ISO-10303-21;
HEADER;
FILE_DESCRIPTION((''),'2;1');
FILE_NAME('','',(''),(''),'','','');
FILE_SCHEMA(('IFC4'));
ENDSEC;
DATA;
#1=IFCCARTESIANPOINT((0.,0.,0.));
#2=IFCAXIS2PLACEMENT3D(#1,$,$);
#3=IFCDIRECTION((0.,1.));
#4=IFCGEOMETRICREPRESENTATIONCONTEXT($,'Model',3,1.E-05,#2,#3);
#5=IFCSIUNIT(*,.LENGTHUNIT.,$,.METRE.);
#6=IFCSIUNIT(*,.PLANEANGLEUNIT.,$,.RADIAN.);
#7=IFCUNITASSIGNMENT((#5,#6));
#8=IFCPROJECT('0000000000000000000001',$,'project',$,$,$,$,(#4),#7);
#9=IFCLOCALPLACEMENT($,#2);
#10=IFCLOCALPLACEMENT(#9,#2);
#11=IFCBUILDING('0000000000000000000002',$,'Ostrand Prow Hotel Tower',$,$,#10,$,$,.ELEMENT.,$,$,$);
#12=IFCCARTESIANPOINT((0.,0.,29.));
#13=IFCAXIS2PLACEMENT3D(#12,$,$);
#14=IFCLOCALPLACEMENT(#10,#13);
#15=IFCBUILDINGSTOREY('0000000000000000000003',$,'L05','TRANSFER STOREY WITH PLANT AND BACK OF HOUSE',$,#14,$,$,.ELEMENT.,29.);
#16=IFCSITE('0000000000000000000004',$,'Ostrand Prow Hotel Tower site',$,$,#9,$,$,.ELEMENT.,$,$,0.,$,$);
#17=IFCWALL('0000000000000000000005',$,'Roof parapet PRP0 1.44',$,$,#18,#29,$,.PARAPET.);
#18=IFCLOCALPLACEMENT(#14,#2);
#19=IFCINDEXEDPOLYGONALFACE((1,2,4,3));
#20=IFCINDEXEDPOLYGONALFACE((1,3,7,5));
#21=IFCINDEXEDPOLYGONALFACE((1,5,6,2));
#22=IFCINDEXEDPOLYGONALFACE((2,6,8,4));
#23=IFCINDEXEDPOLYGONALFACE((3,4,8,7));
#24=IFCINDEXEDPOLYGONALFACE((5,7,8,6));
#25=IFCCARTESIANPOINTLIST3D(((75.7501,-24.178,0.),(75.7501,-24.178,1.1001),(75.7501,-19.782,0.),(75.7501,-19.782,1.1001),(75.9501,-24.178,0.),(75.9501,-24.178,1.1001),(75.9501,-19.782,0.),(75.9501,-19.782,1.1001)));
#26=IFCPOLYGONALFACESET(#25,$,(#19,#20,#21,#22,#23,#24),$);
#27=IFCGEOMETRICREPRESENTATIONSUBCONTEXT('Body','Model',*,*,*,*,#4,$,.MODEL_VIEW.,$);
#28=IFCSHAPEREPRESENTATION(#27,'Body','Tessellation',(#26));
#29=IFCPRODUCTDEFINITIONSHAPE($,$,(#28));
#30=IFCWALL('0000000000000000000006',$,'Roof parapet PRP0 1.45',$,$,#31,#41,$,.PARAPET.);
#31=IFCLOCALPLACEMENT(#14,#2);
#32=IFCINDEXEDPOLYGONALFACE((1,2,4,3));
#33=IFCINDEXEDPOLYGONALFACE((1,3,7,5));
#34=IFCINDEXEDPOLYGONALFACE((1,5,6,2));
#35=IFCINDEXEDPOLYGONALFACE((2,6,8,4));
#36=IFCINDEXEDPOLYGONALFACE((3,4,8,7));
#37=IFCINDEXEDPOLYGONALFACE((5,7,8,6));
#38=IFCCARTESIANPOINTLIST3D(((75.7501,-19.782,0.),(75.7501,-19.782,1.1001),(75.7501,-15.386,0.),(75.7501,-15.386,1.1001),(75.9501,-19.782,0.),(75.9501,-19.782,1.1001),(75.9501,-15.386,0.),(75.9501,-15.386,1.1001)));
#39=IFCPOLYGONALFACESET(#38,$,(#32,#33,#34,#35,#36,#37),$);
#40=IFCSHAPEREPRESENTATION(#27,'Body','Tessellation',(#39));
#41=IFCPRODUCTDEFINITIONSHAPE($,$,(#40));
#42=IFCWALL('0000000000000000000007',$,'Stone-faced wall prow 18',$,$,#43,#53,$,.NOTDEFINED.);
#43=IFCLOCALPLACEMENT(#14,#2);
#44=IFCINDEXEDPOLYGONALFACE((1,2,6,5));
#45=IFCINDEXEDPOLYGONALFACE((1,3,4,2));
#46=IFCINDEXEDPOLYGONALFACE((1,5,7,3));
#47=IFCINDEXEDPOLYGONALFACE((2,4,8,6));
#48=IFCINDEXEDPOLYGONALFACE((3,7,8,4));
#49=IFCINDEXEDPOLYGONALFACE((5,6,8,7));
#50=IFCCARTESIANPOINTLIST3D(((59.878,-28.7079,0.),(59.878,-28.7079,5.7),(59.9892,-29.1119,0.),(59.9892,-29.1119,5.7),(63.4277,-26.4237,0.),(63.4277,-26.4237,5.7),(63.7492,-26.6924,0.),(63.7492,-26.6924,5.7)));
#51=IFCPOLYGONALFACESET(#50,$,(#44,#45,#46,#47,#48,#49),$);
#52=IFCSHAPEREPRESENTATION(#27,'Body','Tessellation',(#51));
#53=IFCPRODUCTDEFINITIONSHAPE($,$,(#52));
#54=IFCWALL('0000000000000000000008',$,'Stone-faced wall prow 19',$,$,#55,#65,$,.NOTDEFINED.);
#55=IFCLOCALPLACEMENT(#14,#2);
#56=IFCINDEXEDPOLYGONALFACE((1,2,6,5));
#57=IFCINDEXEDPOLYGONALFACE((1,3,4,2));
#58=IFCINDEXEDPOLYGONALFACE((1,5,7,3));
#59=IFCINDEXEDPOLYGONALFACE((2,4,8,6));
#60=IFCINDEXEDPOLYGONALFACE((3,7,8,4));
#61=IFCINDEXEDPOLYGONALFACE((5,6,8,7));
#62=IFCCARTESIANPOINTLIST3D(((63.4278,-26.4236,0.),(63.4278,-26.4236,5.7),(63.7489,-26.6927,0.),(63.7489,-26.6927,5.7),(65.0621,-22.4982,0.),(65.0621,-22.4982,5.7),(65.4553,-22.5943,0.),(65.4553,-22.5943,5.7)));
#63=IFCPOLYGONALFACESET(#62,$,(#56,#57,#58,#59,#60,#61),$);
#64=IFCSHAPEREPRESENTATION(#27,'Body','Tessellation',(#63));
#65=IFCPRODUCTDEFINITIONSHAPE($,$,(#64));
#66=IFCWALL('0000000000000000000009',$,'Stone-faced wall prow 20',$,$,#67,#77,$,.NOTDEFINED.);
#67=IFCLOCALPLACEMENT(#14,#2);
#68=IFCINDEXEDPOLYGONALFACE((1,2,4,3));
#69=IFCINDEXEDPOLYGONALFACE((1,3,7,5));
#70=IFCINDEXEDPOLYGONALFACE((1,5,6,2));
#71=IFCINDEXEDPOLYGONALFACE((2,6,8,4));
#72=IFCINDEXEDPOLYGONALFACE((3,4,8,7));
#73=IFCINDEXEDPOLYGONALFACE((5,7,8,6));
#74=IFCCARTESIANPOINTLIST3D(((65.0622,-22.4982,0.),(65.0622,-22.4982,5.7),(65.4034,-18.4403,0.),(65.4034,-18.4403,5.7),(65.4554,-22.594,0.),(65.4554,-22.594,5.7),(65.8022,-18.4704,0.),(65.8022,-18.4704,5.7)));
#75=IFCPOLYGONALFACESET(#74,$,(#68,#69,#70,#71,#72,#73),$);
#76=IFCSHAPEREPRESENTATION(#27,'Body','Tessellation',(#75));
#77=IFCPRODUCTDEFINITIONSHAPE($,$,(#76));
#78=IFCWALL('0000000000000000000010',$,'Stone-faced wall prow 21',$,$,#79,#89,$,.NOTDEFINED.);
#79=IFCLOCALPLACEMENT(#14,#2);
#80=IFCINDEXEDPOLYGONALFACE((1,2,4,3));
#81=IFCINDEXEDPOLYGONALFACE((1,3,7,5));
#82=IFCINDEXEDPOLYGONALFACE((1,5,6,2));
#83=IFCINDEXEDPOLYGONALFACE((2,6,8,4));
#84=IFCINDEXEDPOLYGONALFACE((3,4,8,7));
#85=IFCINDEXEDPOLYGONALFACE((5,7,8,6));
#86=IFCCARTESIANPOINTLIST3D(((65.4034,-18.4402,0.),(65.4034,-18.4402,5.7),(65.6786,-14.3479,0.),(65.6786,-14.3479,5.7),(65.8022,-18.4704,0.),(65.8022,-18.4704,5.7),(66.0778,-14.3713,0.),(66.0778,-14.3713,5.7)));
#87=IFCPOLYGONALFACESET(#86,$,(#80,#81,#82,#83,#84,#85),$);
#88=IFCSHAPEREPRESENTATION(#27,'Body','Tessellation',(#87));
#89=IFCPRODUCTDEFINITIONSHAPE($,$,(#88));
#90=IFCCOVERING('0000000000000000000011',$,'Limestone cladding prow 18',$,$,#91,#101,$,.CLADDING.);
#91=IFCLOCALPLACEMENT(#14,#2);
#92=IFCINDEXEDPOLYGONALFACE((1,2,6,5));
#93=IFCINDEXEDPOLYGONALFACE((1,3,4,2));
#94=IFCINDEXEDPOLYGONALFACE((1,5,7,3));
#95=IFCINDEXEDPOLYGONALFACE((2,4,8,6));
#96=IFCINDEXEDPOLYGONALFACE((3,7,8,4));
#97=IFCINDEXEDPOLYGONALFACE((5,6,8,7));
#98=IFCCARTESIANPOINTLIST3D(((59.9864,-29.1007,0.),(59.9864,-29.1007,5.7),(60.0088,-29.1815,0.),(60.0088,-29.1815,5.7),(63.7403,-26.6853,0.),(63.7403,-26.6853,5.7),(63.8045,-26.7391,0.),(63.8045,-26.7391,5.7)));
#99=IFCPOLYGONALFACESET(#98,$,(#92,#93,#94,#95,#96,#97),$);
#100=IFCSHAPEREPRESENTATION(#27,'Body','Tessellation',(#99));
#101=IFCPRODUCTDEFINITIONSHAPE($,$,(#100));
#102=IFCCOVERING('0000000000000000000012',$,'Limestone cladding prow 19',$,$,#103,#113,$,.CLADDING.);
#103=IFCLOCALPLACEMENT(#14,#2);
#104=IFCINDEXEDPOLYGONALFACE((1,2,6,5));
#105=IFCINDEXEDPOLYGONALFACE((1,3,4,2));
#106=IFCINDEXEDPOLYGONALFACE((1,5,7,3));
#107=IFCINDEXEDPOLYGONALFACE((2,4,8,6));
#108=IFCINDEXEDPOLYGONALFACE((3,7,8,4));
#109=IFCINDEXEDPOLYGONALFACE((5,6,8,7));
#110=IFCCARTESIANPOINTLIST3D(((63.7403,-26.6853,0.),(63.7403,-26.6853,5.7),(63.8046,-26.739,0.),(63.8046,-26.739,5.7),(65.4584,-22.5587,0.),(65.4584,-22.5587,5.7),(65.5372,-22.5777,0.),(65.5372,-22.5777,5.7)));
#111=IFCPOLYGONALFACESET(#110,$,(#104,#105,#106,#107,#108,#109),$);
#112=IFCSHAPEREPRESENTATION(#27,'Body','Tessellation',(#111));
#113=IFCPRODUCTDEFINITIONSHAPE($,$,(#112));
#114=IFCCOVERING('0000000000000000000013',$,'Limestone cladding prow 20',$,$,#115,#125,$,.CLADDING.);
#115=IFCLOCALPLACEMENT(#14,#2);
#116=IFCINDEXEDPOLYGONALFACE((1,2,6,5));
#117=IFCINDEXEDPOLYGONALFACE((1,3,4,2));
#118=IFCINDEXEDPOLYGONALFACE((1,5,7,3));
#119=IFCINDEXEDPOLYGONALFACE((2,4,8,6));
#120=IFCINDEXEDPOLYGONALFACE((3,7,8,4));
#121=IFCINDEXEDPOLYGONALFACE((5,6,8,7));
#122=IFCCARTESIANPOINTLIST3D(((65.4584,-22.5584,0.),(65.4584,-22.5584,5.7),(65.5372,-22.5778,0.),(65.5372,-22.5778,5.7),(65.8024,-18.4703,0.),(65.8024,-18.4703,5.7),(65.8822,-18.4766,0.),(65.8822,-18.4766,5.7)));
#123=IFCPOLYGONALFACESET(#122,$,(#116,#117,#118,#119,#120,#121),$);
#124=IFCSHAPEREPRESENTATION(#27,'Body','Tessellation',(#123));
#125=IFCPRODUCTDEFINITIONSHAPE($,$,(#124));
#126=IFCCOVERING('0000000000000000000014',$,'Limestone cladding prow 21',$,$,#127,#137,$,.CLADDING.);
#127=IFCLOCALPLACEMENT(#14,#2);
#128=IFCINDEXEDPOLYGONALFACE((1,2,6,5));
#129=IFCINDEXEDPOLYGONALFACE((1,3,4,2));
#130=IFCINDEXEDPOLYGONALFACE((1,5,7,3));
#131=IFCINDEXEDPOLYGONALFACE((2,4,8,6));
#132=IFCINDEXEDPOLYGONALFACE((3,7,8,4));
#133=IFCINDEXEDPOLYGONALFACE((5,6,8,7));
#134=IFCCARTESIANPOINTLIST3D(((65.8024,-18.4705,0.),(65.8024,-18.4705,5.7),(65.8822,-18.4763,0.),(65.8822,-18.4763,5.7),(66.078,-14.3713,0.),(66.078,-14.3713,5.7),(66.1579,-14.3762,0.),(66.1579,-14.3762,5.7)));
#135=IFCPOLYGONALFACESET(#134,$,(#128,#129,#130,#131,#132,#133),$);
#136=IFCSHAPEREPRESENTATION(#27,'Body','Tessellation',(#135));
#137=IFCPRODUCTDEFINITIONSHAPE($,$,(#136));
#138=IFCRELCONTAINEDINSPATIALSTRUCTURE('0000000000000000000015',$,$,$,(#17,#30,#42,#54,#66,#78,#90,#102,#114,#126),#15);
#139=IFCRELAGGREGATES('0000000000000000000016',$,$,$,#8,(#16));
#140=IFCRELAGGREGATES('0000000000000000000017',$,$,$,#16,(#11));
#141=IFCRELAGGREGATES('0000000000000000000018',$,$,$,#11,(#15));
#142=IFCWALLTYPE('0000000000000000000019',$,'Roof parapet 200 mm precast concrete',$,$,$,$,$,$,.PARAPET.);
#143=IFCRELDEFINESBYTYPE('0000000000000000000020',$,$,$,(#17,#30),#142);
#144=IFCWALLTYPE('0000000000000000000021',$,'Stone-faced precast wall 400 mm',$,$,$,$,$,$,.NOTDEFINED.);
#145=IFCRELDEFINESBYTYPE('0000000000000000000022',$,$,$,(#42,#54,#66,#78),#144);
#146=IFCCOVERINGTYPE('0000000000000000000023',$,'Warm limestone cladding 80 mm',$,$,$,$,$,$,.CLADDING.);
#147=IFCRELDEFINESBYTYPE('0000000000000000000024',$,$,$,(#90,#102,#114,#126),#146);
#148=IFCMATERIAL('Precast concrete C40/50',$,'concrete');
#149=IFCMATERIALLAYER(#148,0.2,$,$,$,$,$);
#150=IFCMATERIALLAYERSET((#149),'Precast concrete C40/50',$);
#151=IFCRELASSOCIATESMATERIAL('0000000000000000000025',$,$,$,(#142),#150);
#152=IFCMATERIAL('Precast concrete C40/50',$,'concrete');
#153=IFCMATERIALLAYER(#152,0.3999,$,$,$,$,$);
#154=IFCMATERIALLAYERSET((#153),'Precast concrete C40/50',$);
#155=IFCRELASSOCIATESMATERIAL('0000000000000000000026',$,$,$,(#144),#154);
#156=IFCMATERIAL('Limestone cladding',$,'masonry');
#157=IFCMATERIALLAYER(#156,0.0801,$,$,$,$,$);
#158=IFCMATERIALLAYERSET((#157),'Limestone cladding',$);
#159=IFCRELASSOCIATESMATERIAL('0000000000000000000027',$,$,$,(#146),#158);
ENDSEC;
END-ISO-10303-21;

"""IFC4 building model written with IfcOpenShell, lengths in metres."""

from ifc_helpers import new_model, si_unit, direction, frame, frame_2d, origin, place, context, subcontext, project, spatial, polyline, rectangle, outline, extrude, material, layer, layer_set, type_object, element, save


model = new_model("IFC4")

# Units and contexts
model_context = context("Model", 3, precision=1e-05, world=origin(), true_north=direction((0.0, 1.0)))
body_context = subcontext(model_context, "Body", "Model", "MODEL_VIEW")
ifc_project = project(units=[si_unit("LENGTHUNIT", "METRE"), si_unit("PLANEANGLEUNIT", "RADIAN")], contexts=[model_context])

# Site, building, storey
site_placement = place(None, origin())
site = spatial("IfcSite", under=ifc_project, at=site_placement, Name="Ostrand Prow Hotel Tower site", CompositionType="ELEMENT", RefElevation=0.0)
building_placement = place(site_placement, origin())
building = spatial("IfcBuilding", under=site, at=building_placement, Name="Ostrand Prow Hotel Tower", CompositionType="ELEMENT")
storey_placement = place(building_placement, frame((0.0, 0.0, 29.0)))
storey = spatial("IfcBuildingStorey", under=building, at=storey_placement, Name="L05", Description="TRANSFER STOREY WITH PLANT AND BACK OF HOUSE", CompositionType="ELEMENT", Elevation=29.0)

# Walls
ifc_material_1 = material(Name="Precast concrete C40/50", Category="concrete")
ifc_layer_1 = layer(ifc_material_1, 0.2)
ifc_layer_set_1 = layer_set([ifc_layer_1], Name="Precast concrete C40/50")
wall_type_1 = type_object("IfcWallType", Name="Roof parapet 200 mm precast concrete", PredefinedType="PARAPET", material=ifc_layer_set_1)
for number, where, z_axis, x_axis, name in (
    (1, (75.8501, -24.178, 0.0), (0.0, 0.0, 1.0), (0.0, 1.0, 0.0), "Roof parapet PRP0 1.44"),
    (2, (75.8501, -19.782, 0.0), (0.0, 0.0, 1.0), (0.0, 1.0, 0.0), "Roof parapet PRP0 1.45"),
):
    element("IfcWall", number, at=place(storey_placement, frame(where, z_axis=z_axis, x_axis=x_axis)), inside=storey, type_object=wall_type_1, Name=name, PredefinedType="PARAPET", context=body_context, shape_type="SweptSolid", body=[
        extrude(rectangle(XDim=4.396, YDim=0.2, at=frame_2d((2.198, 0.0))), origin(), (0.0, 0.0, 1.0), 1.1001),
    ])
ifc_material_2 = material(Name="Precast concrete C40/50", Category="concrete")
ifc_layer_2 = layer(ifc_material_2, 0.3999)
ifc_layer_set_2 = layer_set([ifc_layer_2], Name="Precast concrete C40/50")
wall_type_2 = type_object("IfcWallType", Name="Stone-faced precast wall 400 mm", PredefinedType="NOTDEFINED", material=ifc_layer_set_2)
wall_1_placement = place(storey_placement, frame((59.9336, -28.9099, 0.0), z_axis=(0.0, 0.0, 1.0), x_axis=(0.840937, 0.541132, 0.0)))
element("IfcWall", 3, at=wall_1_placement, inside=storey, type_object=wall_type_2, Name="Stone-faced wall prow 18", PredefinedType="NOTDEFINED", context=body_context, shape_type="SweptSolid", body=[
    extrude(outline(polyline([(-0.0625, -0.2), (4.4087, -0.2), (4.2837, 0.2), (0.0625, 0.2), (-0.0625, -0.2)])), origin(), (0.0, 0.0, 1.0), 5.7),
])
wall_2_placement = place(storey_placement, frame((63.5884, -26.5581, 0.0), z_axis=(0.0, 0.0, 1.0), x_axis=(0.384372, 0.923178, 0.0)))
element("IfcWall", 4, at=wall_2_placement, inside=storey, type_object=wall_type_2, Name="Stone-faced wall prow 19", PredefinedType="NOTDEFINED", context=body_context, shape_type="SweptSolid", body=[
    extrude(outline(polyline([(-0.0625, -0.2), (4.377, -0.2), (4.3145, 0.2), (0.0625, 0.2), (-0.0625, -0.2)])), origin(), (0.0, 0.0, 1.0), 5.7),
])
wall_3_placement = place(storey_placement, frame((65.2588, -22.5461, 0.0), z_axis=(0.0, 0.0, 1.0), x_axis=(0.083794, 0.996483, 0.0)))
element("IfcWall", 5, at=wall_3_placement, inside=storey, type_object=wall_type_2, Name="Stone-faced wall prow 20", PredefinedType="NOTDEFINED", context=body_context, shape_type="SweptSolid", body=[
    extrude(outline(polyline([(-0.0312, -0.2), (4.1069, -0.2), (4.1035, 0.2), (0.0312, 0.2), (-0.0312, -0.2)])), origin(), (0.0, 0.0, 1.0), 5.7),
])
wall_4_placement = place(storey_placement, frame((65.6028, -18.4553, 0.0), z_axis=(0.0, 0.0, 1.0), x_axis=(0.067087, 0.997747, 0.0)))
element("IfcWall", 6, at=wall_4_placement, inside=storey, type_object=wall_type_2, Name="Stone-faced wall prow 21", PredefinedType="NOTDEFINED", context=body_context, shape_type="SweptSolid", body=[
    extrude(outline(polyline([(-0.0017, -0.2), (4.1067, -0.2), (4.1033, 0.2), (0.0017, 0.2), (-0.0017, -0.2)])), origin(), (0.0, 0.0, 1.0), 5.7),
])

# Coverings
ifc_material_3 = material(Name="Limestone cladding", Category="masonry")
ifc_layer_3 = layer(ifc_material_3, 0.0801)
ifc_layer_set_3 = layer_set([ifc_layer_3], Name="Limestone cladding")
covering_type = type_object("IfcCoveringType", Name="Warm limestone cladding 80 mm", PredefinedType="CLADDING", material=ifc_layer_set_3)
covering_1_placement = place(storey_placement, frame((59.9976, -29.1411, 0.0), z_axis=(0.0, 0.0, 1.0), x_axis=(0.840952, 0.541109, 0.0)))
element("IfcCovering", 7, at=covering_1_placement, inside=storey, type_object=covering_type, Name="Limestone cladding prow 18", PredefinedType="CLADDING", context=body_context, shape_type="SweptSolid", body=[
    extrude(outline(polyline([(-0.0125, -0.04), (4.5012, -0.04), (4.4763, 0.04), (0.0125, 0.04), (-0.0125, -0.04)])), origin(), (0.0, 0.0, 1.0), 5.7),
])
covering_2_placement = place(storey_placement, frame((63.7725, -26.7122, 0.0), z_axis=(0.0, 0.0, 1.0), x_axis=(0.38436, 0.923183, 0.0)))
element("IfcCovering", 8, at=covering_2_placement, inside=storey, type_object=covering_type, Name="Limestone cladding prow 19", PredefinedType="CLADDING", context=body_context, shape_type="SweptSolid", body=[
    extrude(outline(polyline([(-0.0125, -0.04), (4.4951, -0.04), (4.4824, 0.04), (0.0125, 0.04), (-0.0125, -0.04)])), origin(), (0.0, 0.0, 1.0), 5.7),
])
covering_3_placement = place(storey_placement, frame((65.4978, -22.5681, 0.0), z_axis=(0.0, 0.0, 1.0), x_axis=(0.083832, 0.99648, 0.0)))
element("IfcCovering", 9, at=covering_3_placement, inside=storey, type_object=covering_type, Name="Limestone cladding prow 20", PredefinedType="CLADDING", context=body_context, shape_type="SweptSolid", body=[
    extrude(outline(polyline([(-0.0063, -0.04), (4.1094, -0.04), (4.1089, 0.04), (0.0063, 0.04), (-0.0063, -0.04)])), origin(), (0.0, 0.0, 1.0), 5.7),
])
covering_4_placement = place(storey_placement, frame((65.8423, -18.4734, 0.0), z_axis=(0.0, 0.0, 1.0), x_axis=(0.067083, 0.997747, 0.0)))
element("IfcCovering", 10, at=covering_4_placement, inside=storey, type_object=covering_type, Name="Limestone cladding prow 21", PredefinedType="CLADDING", context=body_context, shape_type="SweptSolid", body=[
    extrude(outline(polyline([(-0.0002, -0.04), (4.1091, -0.04), (4.1086, 0.04), (0.0002, 0.04), (-0.0002, -0.04)])), origin(), (0.0, 0.0, 1.0), 5.7),
])

save(model, "model.ifc")
